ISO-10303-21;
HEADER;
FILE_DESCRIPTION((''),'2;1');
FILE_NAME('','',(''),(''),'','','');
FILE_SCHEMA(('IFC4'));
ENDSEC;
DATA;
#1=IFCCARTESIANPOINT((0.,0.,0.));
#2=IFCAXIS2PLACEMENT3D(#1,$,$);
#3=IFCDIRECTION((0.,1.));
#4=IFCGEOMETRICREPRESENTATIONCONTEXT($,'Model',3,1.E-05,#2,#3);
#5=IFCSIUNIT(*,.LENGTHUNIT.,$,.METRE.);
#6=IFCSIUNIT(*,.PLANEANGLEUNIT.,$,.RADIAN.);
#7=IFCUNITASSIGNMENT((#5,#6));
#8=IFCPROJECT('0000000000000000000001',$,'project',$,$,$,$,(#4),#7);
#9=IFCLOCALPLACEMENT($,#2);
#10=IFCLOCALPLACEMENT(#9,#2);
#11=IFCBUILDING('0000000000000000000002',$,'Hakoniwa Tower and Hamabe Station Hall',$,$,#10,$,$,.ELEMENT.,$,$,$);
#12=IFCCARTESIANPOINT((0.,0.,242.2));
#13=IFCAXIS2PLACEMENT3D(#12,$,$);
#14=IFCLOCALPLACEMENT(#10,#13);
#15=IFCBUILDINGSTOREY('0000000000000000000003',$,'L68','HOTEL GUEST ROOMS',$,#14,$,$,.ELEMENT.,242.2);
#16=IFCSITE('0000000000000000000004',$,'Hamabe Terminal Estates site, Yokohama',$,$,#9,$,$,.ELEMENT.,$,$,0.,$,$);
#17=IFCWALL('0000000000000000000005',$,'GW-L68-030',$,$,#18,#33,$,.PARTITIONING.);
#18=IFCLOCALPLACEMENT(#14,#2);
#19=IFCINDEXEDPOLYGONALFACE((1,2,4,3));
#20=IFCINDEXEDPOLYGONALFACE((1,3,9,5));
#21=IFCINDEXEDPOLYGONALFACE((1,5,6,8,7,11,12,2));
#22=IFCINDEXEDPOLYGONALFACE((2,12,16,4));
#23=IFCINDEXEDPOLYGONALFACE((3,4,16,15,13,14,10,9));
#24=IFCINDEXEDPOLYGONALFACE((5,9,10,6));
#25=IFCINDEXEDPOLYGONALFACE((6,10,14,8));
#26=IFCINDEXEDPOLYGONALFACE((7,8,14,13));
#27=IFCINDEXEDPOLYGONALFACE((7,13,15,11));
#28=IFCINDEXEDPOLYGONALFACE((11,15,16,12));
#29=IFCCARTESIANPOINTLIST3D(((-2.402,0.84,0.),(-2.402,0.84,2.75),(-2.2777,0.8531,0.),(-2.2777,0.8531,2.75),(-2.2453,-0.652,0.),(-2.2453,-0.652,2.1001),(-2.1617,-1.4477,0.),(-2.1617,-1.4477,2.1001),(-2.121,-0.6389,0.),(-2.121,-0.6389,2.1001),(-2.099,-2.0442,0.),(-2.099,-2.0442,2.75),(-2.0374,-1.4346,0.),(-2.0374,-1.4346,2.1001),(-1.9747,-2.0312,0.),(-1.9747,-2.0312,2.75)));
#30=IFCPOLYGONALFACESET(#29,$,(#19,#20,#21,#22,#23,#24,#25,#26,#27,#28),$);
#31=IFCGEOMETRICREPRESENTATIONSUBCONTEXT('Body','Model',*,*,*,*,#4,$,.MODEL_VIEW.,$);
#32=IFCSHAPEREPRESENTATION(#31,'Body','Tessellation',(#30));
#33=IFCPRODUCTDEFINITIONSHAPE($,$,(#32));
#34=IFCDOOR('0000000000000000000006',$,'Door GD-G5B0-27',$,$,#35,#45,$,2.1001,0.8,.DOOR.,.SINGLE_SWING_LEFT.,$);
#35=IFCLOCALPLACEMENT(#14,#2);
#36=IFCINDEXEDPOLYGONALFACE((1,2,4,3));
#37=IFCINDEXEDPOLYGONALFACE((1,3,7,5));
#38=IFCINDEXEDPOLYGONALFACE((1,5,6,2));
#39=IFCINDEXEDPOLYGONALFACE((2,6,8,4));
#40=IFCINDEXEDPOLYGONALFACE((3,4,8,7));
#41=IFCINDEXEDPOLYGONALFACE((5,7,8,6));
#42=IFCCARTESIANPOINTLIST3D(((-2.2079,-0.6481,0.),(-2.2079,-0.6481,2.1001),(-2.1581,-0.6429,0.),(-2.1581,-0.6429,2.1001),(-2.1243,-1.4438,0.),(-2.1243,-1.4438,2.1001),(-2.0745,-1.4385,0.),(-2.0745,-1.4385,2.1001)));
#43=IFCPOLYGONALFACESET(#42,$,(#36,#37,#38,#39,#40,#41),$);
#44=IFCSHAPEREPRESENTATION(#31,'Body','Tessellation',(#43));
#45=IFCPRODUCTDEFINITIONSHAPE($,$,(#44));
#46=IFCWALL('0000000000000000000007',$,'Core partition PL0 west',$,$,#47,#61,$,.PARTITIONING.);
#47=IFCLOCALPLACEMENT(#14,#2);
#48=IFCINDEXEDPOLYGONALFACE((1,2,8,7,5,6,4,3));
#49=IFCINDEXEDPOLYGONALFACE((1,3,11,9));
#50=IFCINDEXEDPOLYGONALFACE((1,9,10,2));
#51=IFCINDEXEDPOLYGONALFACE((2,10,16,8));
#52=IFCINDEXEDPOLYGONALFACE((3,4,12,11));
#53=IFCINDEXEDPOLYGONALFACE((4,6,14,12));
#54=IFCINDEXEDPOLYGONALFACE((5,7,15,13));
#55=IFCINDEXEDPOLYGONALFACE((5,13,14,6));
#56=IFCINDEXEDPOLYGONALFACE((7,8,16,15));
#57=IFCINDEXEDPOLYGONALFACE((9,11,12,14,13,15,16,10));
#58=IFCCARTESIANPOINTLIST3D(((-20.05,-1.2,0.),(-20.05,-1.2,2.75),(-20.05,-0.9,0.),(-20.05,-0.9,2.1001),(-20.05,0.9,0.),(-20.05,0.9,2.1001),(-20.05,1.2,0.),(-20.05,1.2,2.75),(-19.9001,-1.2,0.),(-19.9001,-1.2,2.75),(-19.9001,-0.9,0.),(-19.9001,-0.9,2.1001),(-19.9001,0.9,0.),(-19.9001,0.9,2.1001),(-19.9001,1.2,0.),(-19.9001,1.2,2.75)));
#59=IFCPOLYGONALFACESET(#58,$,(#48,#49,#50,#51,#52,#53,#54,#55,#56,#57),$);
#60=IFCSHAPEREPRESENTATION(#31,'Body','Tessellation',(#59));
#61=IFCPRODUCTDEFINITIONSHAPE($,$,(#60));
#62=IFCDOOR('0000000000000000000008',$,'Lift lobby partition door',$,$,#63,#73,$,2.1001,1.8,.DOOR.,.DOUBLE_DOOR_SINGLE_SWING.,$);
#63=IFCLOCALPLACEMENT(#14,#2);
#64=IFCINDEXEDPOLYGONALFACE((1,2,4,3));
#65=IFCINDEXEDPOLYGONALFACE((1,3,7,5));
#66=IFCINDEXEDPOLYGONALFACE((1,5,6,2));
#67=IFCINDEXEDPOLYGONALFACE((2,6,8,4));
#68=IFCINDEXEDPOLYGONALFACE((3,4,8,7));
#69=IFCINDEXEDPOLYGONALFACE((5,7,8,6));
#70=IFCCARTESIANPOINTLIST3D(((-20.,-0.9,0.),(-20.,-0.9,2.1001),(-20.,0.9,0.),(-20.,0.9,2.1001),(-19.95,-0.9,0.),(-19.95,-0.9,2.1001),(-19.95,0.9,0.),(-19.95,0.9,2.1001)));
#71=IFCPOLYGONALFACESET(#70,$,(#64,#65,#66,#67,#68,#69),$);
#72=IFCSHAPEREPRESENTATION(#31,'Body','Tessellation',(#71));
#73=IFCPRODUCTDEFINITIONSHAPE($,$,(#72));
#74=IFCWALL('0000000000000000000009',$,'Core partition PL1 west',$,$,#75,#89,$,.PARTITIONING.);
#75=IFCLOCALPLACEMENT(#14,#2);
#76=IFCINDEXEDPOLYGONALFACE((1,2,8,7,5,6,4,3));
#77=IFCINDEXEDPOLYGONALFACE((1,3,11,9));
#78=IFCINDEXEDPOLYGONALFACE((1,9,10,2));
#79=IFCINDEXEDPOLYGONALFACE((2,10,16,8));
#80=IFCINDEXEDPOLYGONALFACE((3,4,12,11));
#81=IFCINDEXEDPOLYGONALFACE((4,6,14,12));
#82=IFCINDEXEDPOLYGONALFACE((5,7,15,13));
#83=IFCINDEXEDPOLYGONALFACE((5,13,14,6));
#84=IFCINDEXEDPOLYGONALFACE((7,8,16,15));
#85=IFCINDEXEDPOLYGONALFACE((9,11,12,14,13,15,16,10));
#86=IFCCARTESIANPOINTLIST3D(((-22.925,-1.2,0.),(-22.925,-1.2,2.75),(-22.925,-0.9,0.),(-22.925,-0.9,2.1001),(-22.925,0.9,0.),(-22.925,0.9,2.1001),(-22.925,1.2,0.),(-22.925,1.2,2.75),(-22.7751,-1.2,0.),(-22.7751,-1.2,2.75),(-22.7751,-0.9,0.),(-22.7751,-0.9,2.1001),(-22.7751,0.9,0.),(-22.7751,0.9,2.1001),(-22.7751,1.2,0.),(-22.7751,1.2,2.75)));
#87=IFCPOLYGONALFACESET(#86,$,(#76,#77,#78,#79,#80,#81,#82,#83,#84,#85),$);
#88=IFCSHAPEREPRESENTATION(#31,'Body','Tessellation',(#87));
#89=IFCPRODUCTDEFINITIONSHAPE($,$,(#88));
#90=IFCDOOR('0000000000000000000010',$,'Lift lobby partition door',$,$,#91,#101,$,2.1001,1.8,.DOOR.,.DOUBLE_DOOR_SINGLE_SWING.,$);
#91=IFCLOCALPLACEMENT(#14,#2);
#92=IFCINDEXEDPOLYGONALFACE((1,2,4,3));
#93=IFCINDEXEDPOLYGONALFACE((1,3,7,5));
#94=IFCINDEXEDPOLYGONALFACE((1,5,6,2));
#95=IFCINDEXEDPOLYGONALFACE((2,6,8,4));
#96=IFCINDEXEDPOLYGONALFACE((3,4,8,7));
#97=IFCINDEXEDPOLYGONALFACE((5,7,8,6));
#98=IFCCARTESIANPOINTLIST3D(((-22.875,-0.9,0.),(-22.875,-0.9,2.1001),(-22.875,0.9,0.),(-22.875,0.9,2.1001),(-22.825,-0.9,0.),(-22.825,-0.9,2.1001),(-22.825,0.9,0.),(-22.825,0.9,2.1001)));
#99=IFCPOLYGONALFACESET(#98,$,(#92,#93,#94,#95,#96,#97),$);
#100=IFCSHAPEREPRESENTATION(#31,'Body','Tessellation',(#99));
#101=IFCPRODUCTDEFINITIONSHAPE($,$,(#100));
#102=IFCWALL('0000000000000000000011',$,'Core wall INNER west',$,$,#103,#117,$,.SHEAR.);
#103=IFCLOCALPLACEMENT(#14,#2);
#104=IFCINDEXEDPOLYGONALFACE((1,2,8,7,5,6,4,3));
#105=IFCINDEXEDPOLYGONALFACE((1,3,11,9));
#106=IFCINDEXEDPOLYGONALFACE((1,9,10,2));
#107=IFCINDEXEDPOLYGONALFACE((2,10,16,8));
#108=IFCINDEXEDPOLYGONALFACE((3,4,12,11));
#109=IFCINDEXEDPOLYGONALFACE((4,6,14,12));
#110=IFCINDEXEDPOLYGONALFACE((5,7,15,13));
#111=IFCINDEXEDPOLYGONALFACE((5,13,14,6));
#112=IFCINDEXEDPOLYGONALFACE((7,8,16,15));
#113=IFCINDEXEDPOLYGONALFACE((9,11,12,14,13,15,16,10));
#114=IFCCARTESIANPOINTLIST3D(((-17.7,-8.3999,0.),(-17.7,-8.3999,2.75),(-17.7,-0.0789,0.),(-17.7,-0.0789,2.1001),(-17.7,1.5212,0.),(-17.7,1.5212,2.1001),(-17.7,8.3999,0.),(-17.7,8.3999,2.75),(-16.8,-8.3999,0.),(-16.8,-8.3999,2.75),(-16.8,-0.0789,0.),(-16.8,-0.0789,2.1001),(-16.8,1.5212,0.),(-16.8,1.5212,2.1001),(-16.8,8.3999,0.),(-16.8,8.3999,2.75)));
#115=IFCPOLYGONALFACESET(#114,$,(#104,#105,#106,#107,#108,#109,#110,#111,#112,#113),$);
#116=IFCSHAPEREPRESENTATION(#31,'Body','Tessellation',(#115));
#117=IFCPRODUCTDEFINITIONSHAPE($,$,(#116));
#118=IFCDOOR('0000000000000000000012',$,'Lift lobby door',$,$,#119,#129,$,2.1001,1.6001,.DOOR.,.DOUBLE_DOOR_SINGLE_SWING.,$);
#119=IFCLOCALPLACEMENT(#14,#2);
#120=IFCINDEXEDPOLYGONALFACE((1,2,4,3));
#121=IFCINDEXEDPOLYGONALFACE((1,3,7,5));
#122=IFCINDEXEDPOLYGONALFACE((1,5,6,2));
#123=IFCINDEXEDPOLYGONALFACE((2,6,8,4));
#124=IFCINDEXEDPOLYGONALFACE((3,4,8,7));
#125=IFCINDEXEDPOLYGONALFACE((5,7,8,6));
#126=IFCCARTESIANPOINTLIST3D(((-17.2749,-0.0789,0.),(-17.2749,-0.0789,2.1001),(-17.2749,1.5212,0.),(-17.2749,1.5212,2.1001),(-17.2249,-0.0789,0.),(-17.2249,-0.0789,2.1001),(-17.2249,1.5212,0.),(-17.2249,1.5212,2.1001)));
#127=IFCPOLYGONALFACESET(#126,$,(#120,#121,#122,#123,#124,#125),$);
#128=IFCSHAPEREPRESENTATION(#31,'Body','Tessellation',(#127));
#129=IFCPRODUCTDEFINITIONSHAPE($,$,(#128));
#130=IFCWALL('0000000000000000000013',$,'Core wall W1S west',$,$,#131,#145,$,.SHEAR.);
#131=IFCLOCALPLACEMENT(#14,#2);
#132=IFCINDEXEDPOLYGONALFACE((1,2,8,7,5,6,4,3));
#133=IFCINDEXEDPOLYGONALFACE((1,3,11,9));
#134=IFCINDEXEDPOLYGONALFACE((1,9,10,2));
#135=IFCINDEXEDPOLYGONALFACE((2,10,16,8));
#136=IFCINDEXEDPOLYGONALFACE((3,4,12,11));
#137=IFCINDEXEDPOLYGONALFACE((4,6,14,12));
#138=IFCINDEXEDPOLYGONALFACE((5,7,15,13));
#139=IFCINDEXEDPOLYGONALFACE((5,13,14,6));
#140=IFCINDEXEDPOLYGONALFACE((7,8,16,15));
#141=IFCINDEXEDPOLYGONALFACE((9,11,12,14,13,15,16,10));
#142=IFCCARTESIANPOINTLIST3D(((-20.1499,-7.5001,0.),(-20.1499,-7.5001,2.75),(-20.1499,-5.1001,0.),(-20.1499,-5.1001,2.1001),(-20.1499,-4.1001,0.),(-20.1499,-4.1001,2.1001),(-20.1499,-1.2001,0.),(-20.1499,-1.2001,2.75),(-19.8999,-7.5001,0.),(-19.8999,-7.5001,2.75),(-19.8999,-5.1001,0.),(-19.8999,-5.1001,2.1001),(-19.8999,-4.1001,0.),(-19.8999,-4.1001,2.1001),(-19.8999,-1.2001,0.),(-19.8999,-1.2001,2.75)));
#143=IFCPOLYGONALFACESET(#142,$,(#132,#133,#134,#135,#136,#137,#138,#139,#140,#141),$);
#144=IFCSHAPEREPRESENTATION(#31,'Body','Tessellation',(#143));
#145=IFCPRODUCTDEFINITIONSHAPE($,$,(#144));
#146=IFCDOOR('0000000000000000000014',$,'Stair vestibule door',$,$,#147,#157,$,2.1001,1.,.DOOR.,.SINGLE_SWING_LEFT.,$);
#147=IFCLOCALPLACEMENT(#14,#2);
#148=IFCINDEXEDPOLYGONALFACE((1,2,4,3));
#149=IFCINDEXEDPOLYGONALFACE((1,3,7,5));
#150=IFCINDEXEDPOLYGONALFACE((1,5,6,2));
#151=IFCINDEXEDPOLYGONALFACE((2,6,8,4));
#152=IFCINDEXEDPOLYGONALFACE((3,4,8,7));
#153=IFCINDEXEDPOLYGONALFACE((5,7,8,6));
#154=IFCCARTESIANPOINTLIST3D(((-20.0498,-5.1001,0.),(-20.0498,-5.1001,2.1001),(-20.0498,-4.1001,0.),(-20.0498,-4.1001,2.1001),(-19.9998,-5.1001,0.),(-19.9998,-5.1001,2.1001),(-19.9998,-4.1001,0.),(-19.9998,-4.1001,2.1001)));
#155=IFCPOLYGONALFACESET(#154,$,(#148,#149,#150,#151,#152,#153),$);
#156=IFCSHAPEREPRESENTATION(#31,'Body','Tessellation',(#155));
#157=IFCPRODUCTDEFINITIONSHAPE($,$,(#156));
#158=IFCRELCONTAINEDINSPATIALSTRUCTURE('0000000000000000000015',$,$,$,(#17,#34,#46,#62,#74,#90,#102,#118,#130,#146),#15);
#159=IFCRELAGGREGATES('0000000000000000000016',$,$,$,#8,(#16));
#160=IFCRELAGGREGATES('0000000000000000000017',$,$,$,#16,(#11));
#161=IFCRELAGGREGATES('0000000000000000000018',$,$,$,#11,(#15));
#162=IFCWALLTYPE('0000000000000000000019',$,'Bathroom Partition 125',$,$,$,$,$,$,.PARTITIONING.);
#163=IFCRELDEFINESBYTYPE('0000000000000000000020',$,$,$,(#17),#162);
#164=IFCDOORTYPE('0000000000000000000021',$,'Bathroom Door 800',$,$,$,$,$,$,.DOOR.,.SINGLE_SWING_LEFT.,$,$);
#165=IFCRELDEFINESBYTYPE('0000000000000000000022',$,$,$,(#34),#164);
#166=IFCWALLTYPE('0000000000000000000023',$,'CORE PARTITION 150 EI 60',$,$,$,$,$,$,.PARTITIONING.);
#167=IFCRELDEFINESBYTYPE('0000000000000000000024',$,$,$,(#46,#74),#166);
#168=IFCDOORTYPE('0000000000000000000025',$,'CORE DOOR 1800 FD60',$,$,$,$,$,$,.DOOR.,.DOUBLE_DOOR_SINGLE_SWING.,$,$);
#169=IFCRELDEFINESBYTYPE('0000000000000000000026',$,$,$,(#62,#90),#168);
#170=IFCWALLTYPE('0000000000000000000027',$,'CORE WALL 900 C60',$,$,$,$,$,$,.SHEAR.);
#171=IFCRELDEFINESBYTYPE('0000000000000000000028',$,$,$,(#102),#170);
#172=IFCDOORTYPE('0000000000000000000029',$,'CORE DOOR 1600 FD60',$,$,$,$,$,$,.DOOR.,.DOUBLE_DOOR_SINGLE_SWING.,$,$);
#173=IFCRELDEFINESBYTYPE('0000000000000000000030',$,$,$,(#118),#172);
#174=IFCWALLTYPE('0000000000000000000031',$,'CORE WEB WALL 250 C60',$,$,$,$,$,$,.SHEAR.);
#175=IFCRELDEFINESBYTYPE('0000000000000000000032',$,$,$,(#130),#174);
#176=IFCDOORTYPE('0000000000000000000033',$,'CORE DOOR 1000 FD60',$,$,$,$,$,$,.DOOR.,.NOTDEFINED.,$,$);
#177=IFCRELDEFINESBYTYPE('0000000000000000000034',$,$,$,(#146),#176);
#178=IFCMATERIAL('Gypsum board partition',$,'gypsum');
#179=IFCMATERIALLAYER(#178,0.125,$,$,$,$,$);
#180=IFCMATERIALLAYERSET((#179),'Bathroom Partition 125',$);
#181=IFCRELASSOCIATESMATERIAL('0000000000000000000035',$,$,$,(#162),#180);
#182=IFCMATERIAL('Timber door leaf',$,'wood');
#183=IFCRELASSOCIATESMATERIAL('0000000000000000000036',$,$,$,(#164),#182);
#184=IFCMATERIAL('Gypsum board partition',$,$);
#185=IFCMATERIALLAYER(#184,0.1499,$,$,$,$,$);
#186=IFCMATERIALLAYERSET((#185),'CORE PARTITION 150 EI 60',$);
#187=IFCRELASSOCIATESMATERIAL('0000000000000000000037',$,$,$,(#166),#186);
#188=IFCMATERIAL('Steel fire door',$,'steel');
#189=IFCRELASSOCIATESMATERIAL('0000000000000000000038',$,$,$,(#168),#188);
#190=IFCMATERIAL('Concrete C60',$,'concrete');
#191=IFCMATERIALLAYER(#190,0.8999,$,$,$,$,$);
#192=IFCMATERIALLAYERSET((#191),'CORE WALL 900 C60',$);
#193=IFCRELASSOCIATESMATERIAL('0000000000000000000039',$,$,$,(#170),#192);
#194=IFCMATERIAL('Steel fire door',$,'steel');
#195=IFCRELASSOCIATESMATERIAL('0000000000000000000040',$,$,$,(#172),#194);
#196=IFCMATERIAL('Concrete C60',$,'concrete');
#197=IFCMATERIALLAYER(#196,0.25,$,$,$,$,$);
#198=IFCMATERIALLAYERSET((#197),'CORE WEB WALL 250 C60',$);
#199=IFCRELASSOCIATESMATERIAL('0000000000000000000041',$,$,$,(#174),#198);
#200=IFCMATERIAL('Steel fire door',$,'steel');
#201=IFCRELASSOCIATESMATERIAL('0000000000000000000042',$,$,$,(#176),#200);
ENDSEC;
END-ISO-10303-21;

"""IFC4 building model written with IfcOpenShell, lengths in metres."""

from ifc_helpers import new_model, si_unit, direction, frame, frame_2d, origin, place, context, subcontext, project, spatial, rectangle, extrude, material, layer, layer_set, type_object, element, fill, save


model = new_model("IFC4")

# Units and contexts
model_context = context("Model", 3, precision=1e-05, world=origin(), true_north=direction((0.0, 1.0)))
body_context = subcontext(model_context, "Body", "Model", "MODEL_VIEW")
ifc_project = project(units=[si_unit("LENGTHUNIT", "METRE"), si_unit("PLANEANGLEUNIT", "RADIAN")], contexts=[model_context])

# Site, building, storey
site_placement = place(None, origin())
site = spatial("IfcSite", under=ifc_project, at=site_placement, Name="Hamabe Terminal Estates site, Yokohama", CompositionType="ELEMENT", RefElevation=0.0)
building_placement = place(site_placement, origin())
building = spatial("IfcBuilding", under=site, at=building_placement, Name="Hakoniwa Tower and Hamabe Station Hall", CompositionType="ELEMENT")
storey_placement = place(building_placement, frame((0.0, 0.0, 242.2)))
storey = spatial("IfcBuildingStorey", under=building, at=storey_placement, Name="L68", Description="HOTEL GUEST ROOMS", CompositionType="ELEMENT", Elevation=242.2)

# Shared definitions
ifc_material_1 = material(Name="Gypsum board partition", Category="gypsum")
ifc_layer_1 = layer(ifc_material_1, 0.125)
ifc_layer_set_1 = layer_set([ifc_layer_1], Name="Bathroom Partition 125")
wall_type_1 = type_object("IfcWallType", Name="Bathroom Partition 125", PredefinedType="PARTITIONING", material=ifc_layer_set_1)

# Walls, openings, doors
ifc_material_2 = material(Name="Timber door leaf", Category="wood")
door_type_1 = type_object("IfcDoorType", Name="Bathroom Door 800", OperationType="SINGLE_SWING_LEFT", PredefinedType="DOOR", material=ifc_material_2)
wall_1_placement = place(storey_placement, frame((-2.0369, -2.0378, 0.0), z_axis=(0.0, 0.0, 1.0), x_axis=(-0.10447, 0.994528, 0.0)))
wall_1 = element("IfcWall", 1, at=wall_1_placement, inside=storey, type_object=wall_type_1, Name="GW-L68-030", PredefinedType="PARTITIONING", context=body_context, shape_type="SweptSolid", body=[
    extrude(rectangle(XDim=2.9001, YDim=0.125, at=frame_2d((1.4502, 0.0))), origin(), (0.0, 0.0, 1.0), 2.75),
])
opening_1_placement = place(wall_1_placement, frame((0.6001, 0.0, 0.0)))
opening_1 = element("IfcOpeningElement", 2, at=opening_1_placement, cuts=wall_1, PredefinedType="OPENING", context=body_context, shape_type="SweptSolid", body=[
    extrude(rectangle(XDim=0.8, YDim=2.1001, at=frame_2d((0.3999, 1.05))), frame((0.0, 0.0725, 0.0), z_axis=(0.0, -1.0, 0.0), x_axis=(1.0, 0.0, 0.0)), (0.0, 0.0, 1.0), 0.145),
])
door_1_placement = place(opening_1_placement, origin())
door_1 = element("IfcDoor", 3, at=door_1_placement, inside=storey, type_object=door_type_1, Name="Door GD-G5B0-27", OperationType="SINGLE_SWING_LEFT", OverallHeight=2.1001, OverallWidth=0.8, PredefinedType="DOOR", context=body_context, shape_type="SweptSolid", body=[
    extrude(rectangle(XDim=0.8, YDim=2.1001, at=frame_2d((0.3999, 1.05))), frame((0.0, 0.0249, 0.0), z_axis=(0.0, -1.0, 0.0), x_axis=(1.0, 0.0, 0.0)), (0.0, 0.0, 1.0), 0.05),
])
fill(opening_1, door_1)
ifc_material_3 = material(Name="Gypsum board partition")
ifc_layer_2 = layer(ifc_material_3, 0.1499)
ifc_layer_set_2 = layer_set([ifc_layer_2], Name="CORE PARTITION 150 EI 60")
wall_type_2 = type_object("IfcWallType", Name="CORE PARTITION 150 EI 60", PredefinedType="PARTITIONING", material=ifc_layer_set_2)
wall_2_placement = place(storey_placement, frame((-19.9751, -1.2, 0.0), z_axis=(0.0, 0.0, 1.0), x_axis=(0.0, 1.0, 0.0)))
wall_2 = element("IfcWall", 4, at=wall_2_placement, inside=storey, type_object=wall_type_2, Name="Core partition PL0 west", PredefinedType="PARTITIONING", context=body_context, shape_type="SweptSolid", body=[
    extrude(rectangle(XDim=2.3999, YDim=0.1499, at=frame_2d((1.2, 0.0))), origin(), (0.0, 0.0, 1.0), 2.75),
])
opening_2_placement = place(wall_2_placement, frame((0.3, 0.0, 0.0)))
opening_2 = element("IfcOpeningElement", 5, at=opening_2_placement, cuts=wall_2, PredefinedType="OPENING", context=body_context, shape_type="SweptSolid", body=[
    extrude(rectangle(XDim=1.8, YDim=2.1001, at=frame_2d((0.8999, 1.05))), frame((0.0, 0.085, 0.0), z_axis=(0.0, -1.0, 0.0), x_axis=(1.0, 0.0, 0.0)), (0.0, 0.0, 1.0), 0.1699),
])
ifc_material_4 = material(Name="Steel fire door", Category="steel")
door_type_2 = type_object("IfcDoorType", Name="CORE DOOR 1800 FD60", OperationType="DOUBLE_DOOR_SINGLE_SWING", PredefinedType="DOOR", material=ifc_material_4)
door_2_placement = place(opening_2_placement, origin())
door_2 = element("IfcDoor", 6, at=door_2_placement, inside=storey, type_object=door_type_2, Name="Lift lobby partition door", OperationType="DOUBLE_DOOR_SINGLE_SWING", OverallHeight=2.1001, OverallWidth=1.8, PredefinedType="DOOR", context=body_context, shape_type="SweptSolid", body=[
    extrude(rectangle(XDim=1.8, YDim=2.1001, at=frame_2d((0.8999, 1.05))), frame((0.0, 0.0249, 0.0), z_axis=(0.0, -1.0, 0.0), x_axis=(1.0, 0.0, 0.0)), (0.0, 0.0, 1.0), 0.05),
])
fill(opening_2, door_2)
wall_3_placement = place(storey_placement, frame((-22.8501, -1.2, 0.0), z_axis=(0.0, 0.0, 1.0), x_axis=(0.0, 1.0, 0.0)))
wall_3 = element("IfcWall", 7, at=wall_3_placement, inside=storey, type_object=wall_type_2, Name="Core partition PL1 west", PredefinedType="PARTITIONING", context=body_context, shape_type="SweptSolid", body=[
    extrude(rectangle(XDim=2.3999, YDim=0.1499, at=frame_2d((1.2, 0.0))), origin(), (0.0, 0.0, 1.0), 2.75),
])
opening_3_placement = place(wall_3_placement, frame((0.3, 0.0, 0.0)))
opening_3 = element("IfcOpeningElement", 8, at=opening_3_placement, cuts=wall_3, PredefinedType="OPENING", context=body_context, shape_type="SweptSolid", body=[
    extrude(rectangle(XDim=1.8, YDim=2.1001, at=frame_2d((0.8999, 1.05))), frame((0.0, 0.085, 0.0), z_axis=(0.0, -1.0, 0.0), x_axis=(1.0, 0.0, 0.0)), (0.0, 0.0, 1.0), 0.1699),
])
door_3_placement = place(opening_3_placement, origin())
door_3 = element("IfcDoor", 9, at=door_3_placement, inside=storey, type_object=door_type_2, Name="Lift lobby partition door", OperationType="DOUBLE_DOOR_SINGLE_SWING", OverallHeight=2.1001, OverallWidth=1.8, PredefinedType="DOOR", context=body_context, shape_type="SweptSolid", body=[
    extrude(rectangle(XDim=1.8, YDim=2.1001, at=frame_2d((0.8999, 1.05))), frame((0.0, 0.0249, 0.0), z_axis=(0.0, -1.0, 0.0), x_axis=(1.0, 0.0, 0.0)), (0.0, 0.0, 1.0), 0.05),
])
fill(opening_3, door_3)
ifc_material_5 = material(Name="Concrete C60", Category="concrete")
ifc_layer_3 = layer(ifc_material_5, 0.8999)
ifc_layer_set_3 = layer_set([ifc_layer_3], Name="CORE WALL 900 C60")
wall_type_3 = type_object("IfcWallType", Name="CORE WALL 900 C60", PredefinedType="SHEAR", material=ifc_layer_set_3)
wall_4_placement = place(storey_placement, frame((-17.25, -8.3999, 0.0), z_axis=(0.0, 0.0, 1.0), x_axis=(0.0, 1.0, 0.0)))
wall_4 = element("IfcWall", 10, at=wall_4_placement, inside=storey, type_object=wall_type_3, Name="Core wall INNER west", PredefinedType="SHEAR", context=body_context, shape_type="SweptSolid", body=[
    extrude(rectangle(XDim=16.7998, YDim=0.8999, at=frame_2d((8.3999, 0.0))), origin(), (0.0, 0.0, 1.0), 2.75),
])
opening_4_placement = place(wall_4_placement, frame((8.321, 0.0, 0.0)))
opening_4 = element("IfcOpeningElement", 11, at=opening_4_placement, cuts=wall_4, PredefinedType="OPENING", context=body_context, shape_type="SweptSolid", body=[
    extrude(rectangle(XDim=1.6001, YDim=2.1001, at=frame_2d((0.8, 1.05))), frame((0.0, 0.46, 0.0), z_axis=(0.0, -1.0, 0.0), x_axis=(1.0, 0.0, 0.0)), (0.0, 0.0, 1.0), 0.9199),
])
ifc_material_6 = material(Name="Steel fire door", Category="steel")
door_type_3 = type_object("IfcDoorType", Name="CORE DOOR 1600 FD60", OperationType="DOUBLE_DOOR_SINGLE_SWING", PredefinedType="DOOR", material=ifc_material_6)
door_4_placement = place(opening_4_placement, origin())
door_4 = element("IfcDoor", 12, at=door_4_placement, inside=storey, type_object=door_type_3, Name="Lift lobby door", OperationType="DOUBLE_DOOR_SINGLE_SWING", OverallHeight=2.1001, OverallWidth=1.6001, PredefinedType="DOOR", context=body_context, shape_type="SweptSolid", body=[
    extrude(rectangle(XDim=1.6001, YDim=2.1001, at=frame_2d((0.8, 1.05))), frame((0.0, 0.0249, 0.0), z_axis=(0.0, -1.0, 0.0), x_axis=(1.0, 0.0, 0.0)), (0.0, 0.0, 1.0), 0.05),
])
fill(opening_4, door_4)
ifc_material_7 = material(Name="Concrete C60", Category="concrete")
ifc_layer_4 = layer(ifc_material_7, 0.25)
ifc_layer_set_4 = layer_set([ifc_layer_4], Name="CORE WEB WALL 250 C60")
wall_type_4 = type_object("IfcWallType", Name="CORE WEB WALL 250 C60", PredefinedType="SHEAR", material=ifc_layer_set_4)
wall_5_placement = place(storey_placement, frame((-20.0249, -7.5, 0.0), z_axis=(0.0, 0.0, 1.0), x_axis=(0.0, 1.0, 0.0)))
wall_5 = element("IfcWall", 13, at=wall_5_placement, inside=storey, type_object=wall_type_4, Name="Core wall W1S west", PredefinedType="SHEAR", context=body_context, shape_type="SweptSolid", body=[
    extrude(rectangle(XDim=6.3, YDim=0.25, at=frame_2d((3.1499, 0.0))), origin(), (0.0, 0.0, 1.0), 2.75),
])
opening_5_placement = place(wall_5_placement, frame((2.3999, 0.0, 0.0)))
opening_5 = element("IfcOpeningElement", 14, at=opening_5_placement, cuts=wall_5, PredefinedType="OPENING", context=body_context, shape_type="SweptSolid", body=[
    extrude(rectangle(XDim=1.0, YDim=2.1001, at=frame_2d((0.5, 1.05))), frame((0.0, 0.135, 0.0), z_axis=(0.0, -1.0, 0.0), x_axis=(1.0, 0.0, 0.0)), (0.0, 0.0, 1.0), 0.27),
])
ifc_material_8 = material(Name="Steel fire door", Category="steel")
door_type_4 = type_object("IfcDoorType", Name="CORE DOOR 1000 FD60", OperationType="NOTDEFINED", PredefinedType="DOOR", material=ifc_material_8)
door_5_placement = place(opening_5_placement, origin())
door_5 = element("IfcDoor", 15, at=door_5_placement, inside=storey, type_object=door_type_4, Name="Stair vestibule door", OperationType="SINGLE_SWING_LEFT", OverallHeight=2.1001, OverallWidth=1.0, PredefinedType="DOOR", context=body_context, shape_type="SweptSolid", body=[
    extrude(rectangle(XDim=1.0, YDim=2.1001, at=frame_2d((0.5, 1.05))), frame((0.0, 0.0249, 0.0), z_axis=(0.0, -1.0, 0.0), x_axis=(1.0, 0.0, 0.0)), (0.0, 0.0, 1.0), 0.05),
])
fill(opening_5, door_5)

save(model, "model.ifc")
